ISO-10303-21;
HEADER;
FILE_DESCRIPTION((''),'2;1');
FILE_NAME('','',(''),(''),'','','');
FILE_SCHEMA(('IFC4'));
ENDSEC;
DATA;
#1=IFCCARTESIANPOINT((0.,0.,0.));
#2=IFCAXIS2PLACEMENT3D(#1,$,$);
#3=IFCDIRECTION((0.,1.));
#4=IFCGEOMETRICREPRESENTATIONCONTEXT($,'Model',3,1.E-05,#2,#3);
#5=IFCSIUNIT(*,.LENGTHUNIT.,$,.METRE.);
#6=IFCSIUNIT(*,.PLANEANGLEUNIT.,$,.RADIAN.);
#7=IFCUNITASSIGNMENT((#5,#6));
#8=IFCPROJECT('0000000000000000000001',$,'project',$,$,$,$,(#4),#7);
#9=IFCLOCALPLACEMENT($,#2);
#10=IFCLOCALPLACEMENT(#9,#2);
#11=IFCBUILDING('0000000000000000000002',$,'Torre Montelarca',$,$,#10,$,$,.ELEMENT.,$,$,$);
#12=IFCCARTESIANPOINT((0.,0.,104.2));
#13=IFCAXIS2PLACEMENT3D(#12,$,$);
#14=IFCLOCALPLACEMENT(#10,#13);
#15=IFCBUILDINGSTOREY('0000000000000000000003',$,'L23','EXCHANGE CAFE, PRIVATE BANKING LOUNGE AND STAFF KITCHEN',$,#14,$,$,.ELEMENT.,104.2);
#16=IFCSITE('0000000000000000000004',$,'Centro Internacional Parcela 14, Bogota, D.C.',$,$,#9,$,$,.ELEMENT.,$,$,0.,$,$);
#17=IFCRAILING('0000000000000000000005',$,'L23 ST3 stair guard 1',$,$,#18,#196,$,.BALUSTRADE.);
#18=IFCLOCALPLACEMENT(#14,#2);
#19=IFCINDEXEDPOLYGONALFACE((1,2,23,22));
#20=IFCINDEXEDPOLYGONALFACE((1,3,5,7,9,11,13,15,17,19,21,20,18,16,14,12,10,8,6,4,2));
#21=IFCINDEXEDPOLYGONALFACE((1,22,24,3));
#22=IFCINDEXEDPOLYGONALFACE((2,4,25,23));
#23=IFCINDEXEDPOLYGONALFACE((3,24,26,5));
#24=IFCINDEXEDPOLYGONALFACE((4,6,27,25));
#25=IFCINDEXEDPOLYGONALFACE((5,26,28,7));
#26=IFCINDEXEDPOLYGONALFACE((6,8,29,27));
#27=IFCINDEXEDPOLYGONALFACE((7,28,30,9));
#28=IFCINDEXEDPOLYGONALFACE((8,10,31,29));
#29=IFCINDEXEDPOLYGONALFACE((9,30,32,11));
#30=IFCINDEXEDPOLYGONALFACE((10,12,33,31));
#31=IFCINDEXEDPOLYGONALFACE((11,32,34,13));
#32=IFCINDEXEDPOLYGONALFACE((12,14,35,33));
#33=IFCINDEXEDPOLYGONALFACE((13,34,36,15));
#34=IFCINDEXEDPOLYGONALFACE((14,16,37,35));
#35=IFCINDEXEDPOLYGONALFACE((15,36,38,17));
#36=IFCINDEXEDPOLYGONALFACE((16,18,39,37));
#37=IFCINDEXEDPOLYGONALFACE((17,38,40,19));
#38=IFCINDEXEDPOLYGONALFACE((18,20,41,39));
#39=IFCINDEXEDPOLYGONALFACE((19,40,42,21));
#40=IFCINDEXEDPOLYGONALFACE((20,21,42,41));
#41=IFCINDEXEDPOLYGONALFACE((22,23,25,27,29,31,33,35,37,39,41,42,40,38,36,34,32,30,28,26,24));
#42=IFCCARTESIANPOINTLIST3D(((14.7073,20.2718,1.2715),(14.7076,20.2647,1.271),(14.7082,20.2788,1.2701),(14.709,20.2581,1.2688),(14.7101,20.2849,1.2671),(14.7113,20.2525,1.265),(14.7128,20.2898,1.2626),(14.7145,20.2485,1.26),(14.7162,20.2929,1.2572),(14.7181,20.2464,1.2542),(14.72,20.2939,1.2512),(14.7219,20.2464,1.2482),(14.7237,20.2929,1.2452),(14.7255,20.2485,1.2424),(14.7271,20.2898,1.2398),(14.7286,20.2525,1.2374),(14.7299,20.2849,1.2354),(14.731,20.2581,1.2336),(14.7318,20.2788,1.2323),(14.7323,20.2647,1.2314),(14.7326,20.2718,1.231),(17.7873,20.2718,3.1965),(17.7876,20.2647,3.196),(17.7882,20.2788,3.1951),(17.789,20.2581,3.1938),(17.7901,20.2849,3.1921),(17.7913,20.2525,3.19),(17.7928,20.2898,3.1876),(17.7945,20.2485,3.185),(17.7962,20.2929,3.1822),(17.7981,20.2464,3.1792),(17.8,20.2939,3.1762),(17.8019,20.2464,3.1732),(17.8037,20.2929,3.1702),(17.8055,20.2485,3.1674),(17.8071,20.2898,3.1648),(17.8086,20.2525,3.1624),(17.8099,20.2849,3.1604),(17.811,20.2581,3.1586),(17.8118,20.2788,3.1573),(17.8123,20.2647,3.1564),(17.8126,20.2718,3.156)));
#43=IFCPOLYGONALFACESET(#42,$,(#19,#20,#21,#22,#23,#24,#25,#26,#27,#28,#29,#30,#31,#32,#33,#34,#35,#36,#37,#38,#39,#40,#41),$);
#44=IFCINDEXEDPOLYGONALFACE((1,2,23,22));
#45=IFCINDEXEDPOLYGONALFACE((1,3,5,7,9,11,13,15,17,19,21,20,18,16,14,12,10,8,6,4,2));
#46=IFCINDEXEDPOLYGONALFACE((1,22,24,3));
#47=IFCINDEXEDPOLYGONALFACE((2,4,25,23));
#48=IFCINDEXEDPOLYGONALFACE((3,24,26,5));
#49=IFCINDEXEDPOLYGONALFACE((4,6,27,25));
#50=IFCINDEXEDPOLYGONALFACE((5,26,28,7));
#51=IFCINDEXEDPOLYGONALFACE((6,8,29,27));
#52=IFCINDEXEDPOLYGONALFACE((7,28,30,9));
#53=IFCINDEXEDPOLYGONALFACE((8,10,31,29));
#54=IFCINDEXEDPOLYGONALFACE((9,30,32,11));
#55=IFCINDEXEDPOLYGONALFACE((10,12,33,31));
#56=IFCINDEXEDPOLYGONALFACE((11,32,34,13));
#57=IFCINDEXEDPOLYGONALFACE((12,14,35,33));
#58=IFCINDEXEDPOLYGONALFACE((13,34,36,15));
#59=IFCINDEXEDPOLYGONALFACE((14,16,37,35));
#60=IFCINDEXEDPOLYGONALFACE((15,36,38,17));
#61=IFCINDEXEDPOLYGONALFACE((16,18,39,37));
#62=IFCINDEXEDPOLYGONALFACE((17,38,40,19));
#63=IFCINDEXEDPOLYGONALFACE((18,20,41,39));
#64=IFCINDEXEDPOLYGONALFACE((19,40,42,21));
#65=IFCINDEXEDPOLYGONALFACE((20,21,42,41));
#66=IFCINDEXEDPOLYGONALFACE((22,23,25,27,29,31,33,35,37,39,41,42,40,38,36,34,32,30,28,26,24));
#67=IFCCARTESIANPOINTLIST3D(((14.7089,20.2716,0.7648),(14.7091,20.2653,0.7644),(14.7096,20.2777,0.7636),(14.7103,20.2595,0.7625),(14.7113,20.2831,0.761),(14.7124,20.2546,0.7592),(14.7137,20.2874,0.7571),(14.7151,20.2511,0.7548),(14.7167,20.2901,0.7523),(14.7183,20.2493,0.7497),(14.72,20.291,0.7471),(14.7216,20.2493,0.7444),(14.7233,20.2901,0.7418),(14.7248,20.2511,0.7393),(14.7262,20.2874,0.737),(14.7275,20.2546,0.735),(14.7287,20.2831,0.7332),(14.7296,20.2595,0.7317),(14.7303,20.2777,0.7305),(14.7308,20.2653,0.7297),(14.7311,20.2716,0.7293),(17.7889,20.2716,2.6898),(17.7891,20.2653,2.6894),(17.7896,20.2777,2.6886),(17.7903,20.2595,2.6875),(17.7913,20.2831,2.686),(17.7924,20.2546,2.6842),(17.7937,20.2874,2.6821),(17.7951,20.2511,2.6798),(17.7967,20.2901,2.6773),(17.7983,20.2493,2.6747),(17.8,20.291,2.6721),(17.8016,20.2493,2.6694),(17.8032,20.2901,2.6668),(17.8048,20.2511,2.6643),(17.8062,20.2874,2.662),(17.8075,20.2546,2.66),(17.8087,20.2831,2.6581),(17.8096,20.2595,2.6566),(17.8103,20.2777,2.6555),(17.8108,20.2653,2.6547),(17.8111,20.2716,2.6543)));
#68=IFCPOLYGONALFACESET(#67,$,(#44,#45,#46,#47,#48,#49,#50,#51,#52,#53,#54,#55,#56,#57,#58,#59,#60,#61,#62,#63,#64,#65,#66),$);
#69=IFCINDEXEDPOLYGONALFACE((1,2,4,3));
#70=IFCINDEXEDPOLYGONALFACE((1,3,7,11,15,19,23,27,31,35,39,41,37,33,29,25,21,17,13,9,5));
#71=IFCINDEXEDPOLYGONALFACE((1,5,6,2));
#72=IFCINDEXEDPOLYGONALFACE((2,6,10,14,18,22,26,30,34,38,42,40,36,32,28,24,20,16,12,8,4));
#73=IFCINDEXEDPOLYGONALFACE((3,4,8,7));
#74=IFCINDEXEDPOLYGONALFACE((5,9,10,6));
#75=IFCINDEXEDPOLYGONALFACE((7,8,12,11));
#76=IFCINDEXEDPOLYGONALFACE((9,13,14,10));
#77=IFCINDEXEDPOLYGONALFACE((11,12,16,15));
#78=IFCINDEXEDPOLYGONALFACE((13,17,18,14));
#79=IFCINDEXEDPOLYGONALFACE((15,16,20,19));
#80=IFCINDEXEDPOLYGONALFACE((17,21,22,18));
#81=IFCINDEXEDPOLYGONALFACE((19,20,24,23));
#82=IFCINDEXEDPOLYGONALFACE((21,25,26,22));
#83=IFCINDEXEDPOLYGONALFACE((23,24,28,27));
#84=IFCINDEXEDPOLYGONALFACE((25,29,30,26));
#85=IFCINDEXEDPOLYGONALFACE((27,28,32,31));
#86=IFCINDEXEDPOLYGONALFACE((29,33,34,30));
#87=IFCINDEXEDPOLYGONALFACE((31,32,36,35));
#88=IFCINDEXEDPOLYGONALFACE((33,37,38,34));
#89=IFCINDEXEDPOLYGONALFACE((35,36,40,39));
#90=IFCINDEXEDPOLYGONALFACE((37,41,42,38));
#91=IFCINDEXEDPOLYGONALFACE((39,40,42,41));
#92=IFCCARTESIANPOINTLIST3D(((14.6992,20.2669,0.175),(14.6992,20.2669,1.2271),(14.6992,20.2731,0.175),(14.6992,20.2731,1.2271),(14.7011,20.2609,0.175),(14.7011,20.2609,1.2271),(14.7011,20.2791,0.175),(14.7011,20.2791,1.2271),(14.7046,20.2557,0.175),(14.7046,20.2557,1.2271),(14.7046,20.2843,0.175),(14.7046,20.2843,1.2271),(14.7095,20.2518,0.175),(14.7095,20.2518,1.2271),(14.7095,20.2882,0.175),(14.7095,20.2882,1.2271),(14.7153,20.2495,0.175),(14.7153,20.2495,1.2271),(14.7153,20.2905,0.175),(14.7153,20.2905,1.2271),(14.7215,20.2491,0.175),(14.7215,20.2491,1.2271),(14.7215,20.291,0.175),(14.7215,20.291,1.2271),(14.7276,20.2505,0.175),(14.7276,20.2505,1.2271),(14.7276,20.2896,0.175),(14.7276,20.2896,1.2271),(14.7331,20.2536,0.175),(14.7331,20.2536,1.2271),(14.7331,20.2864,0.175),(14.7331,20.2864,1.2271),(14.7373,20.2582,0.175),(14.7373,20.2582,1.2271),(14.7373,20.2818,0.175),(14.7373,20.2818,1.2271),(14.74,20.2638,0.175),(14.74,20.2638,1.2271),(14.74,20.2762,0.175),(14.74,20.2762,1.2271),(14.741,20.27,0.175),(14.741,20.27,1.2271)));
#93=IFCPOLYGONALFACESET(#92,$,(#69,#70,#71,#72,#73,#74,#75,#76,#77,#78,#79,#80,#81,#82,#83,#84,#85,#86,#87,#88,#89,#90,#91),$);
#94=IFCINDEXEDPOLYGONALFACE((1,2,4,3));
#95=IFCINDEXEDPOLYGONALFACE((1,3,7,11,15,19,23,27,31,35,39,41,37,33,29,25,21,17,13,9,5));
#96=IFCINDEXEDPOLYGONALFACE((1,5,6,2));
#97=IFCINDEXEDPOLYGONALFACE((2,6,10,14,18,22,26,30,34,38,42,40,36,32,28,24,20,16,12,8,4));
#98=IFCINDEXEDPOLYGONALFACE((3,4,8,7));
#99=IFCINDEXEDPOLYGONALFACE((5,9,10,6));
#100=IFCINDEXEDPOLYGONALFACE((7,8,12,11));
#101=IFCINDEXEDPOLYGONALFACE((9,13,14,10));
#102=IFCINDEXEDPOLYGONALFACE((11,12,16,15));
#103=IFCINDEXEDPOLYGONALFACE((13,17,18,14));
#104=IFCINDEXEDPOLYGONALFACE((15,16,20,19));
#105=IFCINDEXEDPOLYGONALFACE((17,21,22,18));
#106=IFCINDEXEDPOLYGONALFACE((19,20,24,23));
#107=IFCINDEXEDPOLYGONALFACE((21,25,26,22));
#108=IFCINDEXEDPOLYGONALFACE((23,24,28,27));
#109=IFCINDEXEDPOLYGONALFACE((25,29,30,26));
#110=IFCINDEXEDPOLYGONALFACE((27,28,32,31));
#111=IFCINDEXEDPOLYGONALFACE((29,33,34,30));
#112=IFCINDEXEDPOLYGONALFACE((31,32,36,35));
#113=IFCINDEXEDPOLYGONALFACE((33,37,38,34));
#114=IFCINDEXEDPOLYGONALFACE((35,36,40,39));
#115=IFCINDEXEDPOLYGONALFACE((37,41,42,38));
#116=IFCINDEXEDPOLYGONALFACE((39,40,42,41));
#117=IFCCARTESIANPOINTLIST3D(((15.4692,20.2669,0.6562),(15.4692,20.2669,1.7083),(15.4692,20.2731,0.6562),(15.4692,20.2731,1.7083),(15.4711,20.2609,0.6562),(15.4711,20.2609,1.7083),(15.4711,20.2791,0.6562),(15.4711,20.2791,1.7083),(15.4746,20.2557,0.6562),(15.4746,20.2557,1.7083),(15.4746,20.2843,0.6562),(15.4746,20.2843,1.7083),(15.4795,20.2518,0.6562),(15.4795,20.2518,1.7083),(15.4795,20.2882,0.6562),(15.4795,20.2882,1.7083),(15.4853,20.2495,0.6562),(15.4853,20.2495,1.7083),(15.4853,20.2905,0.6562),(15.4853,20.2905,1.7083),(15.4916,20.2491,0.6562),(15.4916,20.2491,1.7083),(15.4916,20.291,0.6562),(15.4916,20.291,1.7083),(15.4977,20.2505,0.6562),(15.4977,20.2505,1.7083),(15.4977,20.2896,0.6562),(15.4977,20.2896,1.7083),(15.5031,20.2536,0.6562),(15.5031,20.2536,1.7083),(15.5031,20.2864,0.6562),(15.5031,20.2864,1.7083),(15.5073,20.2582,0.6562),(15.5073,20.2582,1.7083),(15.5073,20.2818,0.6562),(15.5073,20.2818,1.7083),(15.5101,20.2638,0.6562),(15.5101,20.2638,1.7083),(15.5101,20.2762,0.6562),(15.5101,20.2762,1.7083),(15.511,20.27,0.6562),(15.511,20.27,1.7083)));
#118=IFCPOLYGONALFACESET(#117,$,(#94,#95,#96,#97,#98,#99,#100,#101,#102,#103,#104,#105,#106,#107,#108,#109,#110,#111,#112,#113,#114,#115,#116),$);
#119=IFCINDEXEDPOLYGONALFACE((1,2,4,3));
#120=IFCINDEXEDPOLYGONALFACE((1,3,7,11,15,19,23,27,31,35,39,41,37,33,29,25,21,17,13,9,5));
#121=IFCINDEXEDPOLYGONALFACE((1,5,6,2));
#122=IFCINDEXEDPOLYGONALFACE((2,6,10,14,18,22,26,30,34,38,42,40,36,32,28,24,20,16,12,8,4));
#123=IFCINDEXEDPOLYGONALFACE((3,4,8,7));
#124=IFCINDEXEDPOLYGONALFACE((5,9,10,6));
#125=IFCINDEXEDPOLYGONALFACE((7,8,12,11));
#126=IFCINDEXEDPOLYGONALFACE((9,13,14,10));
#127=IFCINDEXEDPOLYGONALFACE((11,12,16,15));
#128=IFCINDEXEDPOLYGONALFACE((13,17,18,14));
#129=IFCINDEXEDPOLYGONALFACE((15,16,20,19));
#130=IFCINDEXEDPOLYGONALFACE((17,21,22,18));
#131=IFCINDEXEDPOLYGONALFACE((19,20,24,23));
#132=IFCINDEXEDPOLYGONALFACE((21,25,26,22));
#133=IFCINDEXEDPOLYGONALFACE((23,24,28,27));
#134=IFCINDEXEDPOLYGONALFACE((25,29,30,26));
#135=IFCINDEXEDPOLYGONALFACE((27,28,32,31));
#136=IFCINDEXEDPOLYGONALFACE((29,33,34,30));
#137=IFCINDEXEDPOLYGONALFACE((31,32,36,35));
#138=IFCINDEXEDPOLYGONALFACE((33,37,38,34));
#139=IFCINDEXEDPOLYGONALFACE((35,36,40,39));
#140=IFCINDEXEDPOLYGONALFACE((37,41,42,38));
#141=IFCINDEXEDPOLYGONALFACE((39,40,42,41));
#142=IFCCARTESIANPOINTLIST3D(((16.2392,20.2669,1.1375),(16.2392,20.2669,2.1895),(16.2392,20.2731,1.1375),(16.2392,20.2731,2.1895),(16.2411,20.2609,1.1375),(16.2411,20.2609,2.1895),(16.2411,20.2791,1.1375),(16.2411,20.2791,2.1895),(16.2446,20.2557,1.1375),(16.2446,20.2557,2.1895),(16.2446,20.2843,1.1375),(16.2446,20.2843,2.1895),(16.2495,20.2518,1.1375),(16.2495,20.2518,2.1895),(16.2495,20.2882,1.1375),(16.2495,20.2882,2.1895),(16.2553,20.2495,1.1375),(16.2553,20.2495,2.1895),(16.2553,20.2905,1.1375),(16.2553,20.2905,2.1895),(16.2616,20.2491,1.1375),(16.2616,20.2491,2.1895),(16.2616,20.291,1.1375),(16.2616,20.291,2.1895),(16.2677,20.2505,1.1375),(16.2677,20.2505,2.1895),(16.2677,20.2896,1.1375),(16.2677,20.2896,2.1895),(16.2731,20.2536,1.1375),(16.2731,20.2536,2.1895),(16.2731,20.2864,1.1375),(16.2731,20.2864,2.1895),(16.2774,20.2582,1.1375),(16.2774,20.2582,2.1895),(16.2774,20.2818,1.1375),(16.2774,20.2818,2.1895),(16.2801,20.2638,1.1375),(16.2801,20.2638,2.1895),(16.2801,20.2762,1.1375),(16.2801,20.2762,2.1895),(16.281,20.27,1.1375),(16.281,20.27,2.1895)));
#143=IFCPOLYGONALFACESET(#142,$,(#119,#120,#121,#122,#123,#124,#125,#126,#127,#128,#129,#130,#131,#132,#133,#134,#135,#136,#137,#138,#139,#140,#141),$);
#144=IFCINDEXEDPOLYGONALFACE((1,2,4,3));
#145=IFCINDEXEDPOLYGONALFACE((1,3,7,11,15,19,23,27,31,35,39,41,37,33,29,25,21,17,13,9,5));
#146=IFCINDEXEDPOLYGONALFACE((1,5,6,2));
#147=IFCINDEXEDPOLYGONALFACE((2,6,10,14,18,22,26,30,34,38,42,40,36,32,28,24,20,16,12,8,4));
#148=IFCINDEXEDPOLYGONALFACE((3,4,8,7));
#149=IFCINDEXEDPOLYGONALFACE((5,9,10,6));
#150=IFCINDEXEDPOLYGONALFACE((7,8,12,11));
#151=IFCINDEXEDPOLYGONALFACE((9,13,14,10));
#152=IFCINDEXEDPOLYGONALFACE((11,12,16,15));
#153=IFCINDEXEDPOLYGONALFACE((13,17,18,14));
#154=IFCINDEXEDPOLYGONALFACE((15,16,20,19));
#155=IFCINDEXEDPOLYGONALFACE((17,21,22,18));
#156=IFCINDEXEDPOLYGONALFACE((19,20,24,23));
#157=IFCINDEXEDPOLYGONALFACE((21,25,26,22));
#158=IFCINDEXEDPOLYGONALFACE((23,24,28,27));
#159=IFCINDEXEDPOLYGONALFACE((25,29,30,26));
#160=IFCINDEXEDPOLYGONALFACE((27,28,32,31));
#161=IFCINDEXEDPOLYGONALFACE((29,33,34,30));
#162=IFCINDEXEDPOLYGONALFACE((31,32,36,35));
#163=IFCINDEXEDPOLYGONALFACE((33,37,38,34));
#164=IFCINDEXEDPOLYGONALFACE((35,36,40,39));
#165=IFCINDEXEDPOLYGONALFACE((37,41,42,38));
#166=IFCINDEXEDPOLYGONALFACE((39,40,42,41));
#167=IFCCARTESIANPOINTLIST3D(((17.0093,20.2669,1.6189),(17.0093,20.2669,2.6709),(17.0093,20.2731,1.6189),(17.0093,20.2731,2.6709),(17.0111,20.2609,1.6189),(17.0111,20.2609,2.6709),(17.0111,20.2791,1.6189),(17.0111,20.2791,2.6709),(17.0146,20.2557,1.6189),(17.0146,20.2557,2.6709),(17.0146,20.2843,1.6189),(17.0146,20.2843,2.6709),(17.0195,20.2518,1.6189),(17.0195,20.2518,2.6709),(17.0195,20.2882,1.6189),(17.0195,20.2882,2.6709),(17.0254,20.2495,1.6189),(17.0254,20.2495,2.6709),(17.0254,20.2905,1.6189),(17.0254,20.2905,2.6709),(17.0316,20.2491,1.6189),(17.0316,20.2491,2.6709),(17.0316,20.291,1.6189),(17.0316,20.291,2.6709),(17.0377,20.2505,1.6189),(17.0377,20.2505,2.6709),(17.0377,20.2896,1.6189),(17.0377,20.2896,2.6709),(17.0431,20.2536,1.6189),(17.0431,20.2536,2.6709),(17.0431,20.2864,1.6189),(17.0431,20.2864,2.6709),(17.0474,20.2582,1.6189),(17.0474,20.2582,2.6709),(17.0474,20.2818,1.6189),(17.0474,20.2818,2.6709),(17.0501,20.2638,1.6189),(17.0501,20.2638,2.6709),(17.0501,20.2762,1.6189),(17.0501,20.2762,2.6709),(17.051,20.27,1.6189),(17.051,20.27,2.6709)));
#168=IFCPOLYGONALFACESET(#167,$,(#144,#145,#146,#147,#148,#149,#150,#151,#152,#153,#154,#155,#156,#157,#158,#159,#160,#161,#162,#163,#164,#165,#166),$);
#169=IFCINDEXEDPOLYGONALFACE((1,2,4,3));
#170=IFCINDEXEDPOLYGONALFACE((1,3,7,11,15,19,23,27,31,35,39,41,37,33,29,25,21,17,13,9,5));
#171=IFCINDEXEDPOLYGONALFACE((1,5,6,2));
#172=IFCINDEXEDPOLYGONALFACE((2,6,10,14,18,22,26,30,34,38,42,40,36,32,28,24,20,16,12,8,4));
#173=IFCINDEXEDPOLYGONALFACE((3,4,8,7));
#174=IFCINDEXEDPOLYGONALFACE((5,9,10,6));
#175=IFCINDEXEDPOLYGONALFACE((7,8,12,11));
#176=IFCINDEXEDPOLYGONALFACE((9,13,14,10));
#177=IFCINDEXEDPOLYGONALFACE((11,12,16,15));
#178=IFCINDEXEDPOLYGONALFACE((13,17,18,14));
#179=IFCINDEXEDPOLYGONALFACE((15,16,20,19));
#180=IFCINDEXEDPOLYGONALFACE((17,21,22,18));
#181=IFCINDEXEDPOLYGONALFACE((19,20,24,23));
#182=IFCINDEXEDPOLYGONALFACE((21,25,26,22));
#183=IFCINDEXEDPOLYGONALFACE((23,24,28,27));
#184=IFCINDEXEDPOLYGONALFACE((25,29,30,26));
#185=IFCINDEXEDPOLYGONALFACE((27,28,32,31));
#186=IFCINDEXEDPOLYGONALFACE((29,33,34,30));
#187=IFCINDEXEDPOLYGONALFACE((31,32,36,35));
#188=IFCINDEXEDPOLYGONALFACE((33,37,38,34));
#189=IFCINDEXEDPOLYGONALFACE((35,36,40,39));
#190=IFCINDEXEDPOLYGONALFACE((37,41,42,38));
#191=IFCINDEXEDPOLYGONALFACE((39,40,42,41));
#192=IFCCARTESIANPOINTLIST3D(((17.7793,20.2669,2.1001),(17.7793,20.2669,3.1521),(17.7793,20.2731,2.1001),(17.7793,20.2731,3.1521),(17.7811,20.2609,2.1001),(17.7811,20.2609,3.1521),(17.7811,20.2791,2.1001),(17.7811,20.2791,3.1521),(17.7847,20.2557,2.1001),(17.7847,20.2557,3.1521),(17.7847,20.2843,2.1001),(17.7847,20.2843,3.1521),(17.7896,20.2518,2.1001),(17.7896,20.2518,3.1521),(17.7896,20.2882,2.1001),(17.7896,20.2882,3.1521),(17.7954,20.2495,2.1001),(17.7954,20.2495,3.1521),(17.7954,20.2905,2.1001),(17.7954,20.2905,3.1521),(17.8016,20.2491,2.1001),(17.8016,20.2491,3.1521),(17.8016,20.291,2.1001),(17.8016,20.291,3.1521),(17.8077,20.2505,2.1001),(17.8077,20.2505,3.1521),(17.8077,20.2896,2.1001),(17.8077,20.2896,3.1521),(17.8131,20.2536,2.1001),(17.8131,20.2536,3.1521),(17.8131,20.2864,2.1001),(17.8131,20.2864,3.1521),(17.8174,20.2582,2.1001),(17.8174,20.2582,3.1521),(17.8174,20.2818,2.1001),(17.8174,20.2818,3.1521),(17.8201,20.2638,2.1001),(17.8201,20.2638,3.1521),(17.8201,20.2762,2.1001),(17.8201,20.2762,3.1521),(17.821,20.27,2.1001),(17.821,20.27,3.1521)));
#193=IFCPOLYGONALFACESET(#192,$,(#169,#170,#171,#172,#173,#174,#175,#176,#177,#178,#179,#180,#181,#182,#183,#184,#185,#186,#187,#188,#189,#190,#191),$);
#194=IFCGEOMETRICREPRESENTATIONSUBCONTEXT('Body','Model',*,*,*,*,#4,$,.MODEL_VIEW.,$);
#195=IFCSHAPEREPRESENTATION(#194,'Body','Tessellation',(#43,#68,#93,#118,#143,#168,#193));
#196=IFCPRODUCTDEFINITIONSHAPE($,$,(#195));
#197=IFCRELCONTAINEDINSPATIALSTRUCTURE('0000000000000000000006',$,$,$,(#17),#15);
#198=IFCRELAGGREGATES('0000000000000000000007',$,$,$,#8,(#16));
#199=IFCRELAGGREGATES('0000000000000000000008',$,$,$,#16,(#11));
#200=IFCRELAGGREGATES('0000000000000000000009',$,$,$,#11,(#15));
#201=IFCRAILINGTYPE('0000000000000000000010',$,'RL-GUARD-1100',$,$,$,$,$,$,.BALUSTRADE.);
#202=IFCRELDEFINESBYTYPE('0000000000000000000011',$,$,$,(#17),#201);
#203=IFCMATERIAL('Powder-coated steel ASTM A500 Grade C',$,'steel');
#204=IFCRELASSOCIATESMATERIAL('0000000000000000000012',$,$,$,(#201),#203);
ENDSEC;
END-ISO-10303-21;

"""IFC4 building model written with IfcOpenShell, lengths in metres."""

from ifc_helpers import new_model, si_unit, direction, frame, origin, origin_2d, place, context, subcontext, project, spatial, circle, extrude, material, type_object, element, save


model = new_model("IFC4")

# Units and contexts
model_context = context("Model", 3, precision=1e-05, world=origin(), true_north=direction((0.0, 1.0)))
body_context = subcontext(model_context, "Body", "Model", "MODEL_VIEW")
ifc_project = project(units=[si_unit("LENGTHUNIT", "METRE"), si_unit("PLANEANGLEUNIT", "RADIAN")], contexts=[model_context])

# Site, building, storey
site_placement = place(None, origin())
site = spatial("IfcSite", under=ifc_project, at=site_placement, Name="Centro Internacional Parcela 14, Bogota, D.C.", CompositionType="ELEMENT", RefElevation=0.0)
building_placement = place(site_placement, origin())
building = spatial("IfcBuilding", under=site, at=building_placement, Name="Torre Montelarca", CompositionType="ELEMENT")
storey_placement = place(building_placement, frame((0.0, 0.0, 104.2)))
storey = spatial("IfcBuildingStorey", under=building, at=storey_placement, Name="L23", Description="EXCHANGE CAFE, PRIVATE BANKING LOUNGE AND STAFF KITCHEN", CompositionType="ELEMENT", Elevation=104.2)

# Railing
ifc_material_1 = material(Name="Powder-coated steel ASTM A500 Grade C", Category="steel")
railing_type_1 = type_object("IfcRailingType", Name="RL-GUARD-1100", PredefinedType="BALUSTRADE", material=ifc_material_1)
railing_1_placement = place(storey_placement, frame((14.72, 20.27, 0.175)))
element("IfcRailing", 1, at=railing_1_placement, inside=storey, type_object=railing_type_1, Name="L23 ST3 stair guard 1", PredefinedType="BALUSTRADE", context=body_context, shape_type="SweptSolid", body=[
    extrude(circle(Radius=0.0239, at=origin_2d()), frame((0.0, 0.0, 1.0762), z_axis=(0.847998, 0.0, 0.529999), x_axis=(0.0, 1.0, 0.0)), (0.0, 0.0, 1.0), 3.6321),
    extrude(circle(Radius=0.021, at=origin_2d()), frame((0.0, 0.0, 0.572), z_axis=(0.847998, 0.0, 0.529999), x_axis=(0.0, 1.0, 0.0)), (0.0, 0.0, 1.0), 3.6321),
    extrude(circle(Radius=0.021, at=origin_2d()), origin(), (0.0, 0.0, 1.0), 1.052),
    extrude(circle(Radius=0.021, at=origin_2d()), frame((0.77, 0.0, 0.4812)), (0.0, 0.0, 1.0), 1.052),
    extrude(circle(Radius=0.021, at=origin_2d()), frame((1.54, 0.0, 0.9624)), (0.0, 0.0, 1.0), 1.052),
    extrude(circle(Radius=0.021, at=origin_2d()), frame((2.3101, 0.0, 1.4438)), (0.0, 0.0, 1.0), 1.052),
    extrude(circle(Radius=0.021, at=origin_2d()), frame((3.0801, 0.0, 1.925)), (0.0, 0.0, 1.0), 1.052),
])

save(model, "model.ifc")
